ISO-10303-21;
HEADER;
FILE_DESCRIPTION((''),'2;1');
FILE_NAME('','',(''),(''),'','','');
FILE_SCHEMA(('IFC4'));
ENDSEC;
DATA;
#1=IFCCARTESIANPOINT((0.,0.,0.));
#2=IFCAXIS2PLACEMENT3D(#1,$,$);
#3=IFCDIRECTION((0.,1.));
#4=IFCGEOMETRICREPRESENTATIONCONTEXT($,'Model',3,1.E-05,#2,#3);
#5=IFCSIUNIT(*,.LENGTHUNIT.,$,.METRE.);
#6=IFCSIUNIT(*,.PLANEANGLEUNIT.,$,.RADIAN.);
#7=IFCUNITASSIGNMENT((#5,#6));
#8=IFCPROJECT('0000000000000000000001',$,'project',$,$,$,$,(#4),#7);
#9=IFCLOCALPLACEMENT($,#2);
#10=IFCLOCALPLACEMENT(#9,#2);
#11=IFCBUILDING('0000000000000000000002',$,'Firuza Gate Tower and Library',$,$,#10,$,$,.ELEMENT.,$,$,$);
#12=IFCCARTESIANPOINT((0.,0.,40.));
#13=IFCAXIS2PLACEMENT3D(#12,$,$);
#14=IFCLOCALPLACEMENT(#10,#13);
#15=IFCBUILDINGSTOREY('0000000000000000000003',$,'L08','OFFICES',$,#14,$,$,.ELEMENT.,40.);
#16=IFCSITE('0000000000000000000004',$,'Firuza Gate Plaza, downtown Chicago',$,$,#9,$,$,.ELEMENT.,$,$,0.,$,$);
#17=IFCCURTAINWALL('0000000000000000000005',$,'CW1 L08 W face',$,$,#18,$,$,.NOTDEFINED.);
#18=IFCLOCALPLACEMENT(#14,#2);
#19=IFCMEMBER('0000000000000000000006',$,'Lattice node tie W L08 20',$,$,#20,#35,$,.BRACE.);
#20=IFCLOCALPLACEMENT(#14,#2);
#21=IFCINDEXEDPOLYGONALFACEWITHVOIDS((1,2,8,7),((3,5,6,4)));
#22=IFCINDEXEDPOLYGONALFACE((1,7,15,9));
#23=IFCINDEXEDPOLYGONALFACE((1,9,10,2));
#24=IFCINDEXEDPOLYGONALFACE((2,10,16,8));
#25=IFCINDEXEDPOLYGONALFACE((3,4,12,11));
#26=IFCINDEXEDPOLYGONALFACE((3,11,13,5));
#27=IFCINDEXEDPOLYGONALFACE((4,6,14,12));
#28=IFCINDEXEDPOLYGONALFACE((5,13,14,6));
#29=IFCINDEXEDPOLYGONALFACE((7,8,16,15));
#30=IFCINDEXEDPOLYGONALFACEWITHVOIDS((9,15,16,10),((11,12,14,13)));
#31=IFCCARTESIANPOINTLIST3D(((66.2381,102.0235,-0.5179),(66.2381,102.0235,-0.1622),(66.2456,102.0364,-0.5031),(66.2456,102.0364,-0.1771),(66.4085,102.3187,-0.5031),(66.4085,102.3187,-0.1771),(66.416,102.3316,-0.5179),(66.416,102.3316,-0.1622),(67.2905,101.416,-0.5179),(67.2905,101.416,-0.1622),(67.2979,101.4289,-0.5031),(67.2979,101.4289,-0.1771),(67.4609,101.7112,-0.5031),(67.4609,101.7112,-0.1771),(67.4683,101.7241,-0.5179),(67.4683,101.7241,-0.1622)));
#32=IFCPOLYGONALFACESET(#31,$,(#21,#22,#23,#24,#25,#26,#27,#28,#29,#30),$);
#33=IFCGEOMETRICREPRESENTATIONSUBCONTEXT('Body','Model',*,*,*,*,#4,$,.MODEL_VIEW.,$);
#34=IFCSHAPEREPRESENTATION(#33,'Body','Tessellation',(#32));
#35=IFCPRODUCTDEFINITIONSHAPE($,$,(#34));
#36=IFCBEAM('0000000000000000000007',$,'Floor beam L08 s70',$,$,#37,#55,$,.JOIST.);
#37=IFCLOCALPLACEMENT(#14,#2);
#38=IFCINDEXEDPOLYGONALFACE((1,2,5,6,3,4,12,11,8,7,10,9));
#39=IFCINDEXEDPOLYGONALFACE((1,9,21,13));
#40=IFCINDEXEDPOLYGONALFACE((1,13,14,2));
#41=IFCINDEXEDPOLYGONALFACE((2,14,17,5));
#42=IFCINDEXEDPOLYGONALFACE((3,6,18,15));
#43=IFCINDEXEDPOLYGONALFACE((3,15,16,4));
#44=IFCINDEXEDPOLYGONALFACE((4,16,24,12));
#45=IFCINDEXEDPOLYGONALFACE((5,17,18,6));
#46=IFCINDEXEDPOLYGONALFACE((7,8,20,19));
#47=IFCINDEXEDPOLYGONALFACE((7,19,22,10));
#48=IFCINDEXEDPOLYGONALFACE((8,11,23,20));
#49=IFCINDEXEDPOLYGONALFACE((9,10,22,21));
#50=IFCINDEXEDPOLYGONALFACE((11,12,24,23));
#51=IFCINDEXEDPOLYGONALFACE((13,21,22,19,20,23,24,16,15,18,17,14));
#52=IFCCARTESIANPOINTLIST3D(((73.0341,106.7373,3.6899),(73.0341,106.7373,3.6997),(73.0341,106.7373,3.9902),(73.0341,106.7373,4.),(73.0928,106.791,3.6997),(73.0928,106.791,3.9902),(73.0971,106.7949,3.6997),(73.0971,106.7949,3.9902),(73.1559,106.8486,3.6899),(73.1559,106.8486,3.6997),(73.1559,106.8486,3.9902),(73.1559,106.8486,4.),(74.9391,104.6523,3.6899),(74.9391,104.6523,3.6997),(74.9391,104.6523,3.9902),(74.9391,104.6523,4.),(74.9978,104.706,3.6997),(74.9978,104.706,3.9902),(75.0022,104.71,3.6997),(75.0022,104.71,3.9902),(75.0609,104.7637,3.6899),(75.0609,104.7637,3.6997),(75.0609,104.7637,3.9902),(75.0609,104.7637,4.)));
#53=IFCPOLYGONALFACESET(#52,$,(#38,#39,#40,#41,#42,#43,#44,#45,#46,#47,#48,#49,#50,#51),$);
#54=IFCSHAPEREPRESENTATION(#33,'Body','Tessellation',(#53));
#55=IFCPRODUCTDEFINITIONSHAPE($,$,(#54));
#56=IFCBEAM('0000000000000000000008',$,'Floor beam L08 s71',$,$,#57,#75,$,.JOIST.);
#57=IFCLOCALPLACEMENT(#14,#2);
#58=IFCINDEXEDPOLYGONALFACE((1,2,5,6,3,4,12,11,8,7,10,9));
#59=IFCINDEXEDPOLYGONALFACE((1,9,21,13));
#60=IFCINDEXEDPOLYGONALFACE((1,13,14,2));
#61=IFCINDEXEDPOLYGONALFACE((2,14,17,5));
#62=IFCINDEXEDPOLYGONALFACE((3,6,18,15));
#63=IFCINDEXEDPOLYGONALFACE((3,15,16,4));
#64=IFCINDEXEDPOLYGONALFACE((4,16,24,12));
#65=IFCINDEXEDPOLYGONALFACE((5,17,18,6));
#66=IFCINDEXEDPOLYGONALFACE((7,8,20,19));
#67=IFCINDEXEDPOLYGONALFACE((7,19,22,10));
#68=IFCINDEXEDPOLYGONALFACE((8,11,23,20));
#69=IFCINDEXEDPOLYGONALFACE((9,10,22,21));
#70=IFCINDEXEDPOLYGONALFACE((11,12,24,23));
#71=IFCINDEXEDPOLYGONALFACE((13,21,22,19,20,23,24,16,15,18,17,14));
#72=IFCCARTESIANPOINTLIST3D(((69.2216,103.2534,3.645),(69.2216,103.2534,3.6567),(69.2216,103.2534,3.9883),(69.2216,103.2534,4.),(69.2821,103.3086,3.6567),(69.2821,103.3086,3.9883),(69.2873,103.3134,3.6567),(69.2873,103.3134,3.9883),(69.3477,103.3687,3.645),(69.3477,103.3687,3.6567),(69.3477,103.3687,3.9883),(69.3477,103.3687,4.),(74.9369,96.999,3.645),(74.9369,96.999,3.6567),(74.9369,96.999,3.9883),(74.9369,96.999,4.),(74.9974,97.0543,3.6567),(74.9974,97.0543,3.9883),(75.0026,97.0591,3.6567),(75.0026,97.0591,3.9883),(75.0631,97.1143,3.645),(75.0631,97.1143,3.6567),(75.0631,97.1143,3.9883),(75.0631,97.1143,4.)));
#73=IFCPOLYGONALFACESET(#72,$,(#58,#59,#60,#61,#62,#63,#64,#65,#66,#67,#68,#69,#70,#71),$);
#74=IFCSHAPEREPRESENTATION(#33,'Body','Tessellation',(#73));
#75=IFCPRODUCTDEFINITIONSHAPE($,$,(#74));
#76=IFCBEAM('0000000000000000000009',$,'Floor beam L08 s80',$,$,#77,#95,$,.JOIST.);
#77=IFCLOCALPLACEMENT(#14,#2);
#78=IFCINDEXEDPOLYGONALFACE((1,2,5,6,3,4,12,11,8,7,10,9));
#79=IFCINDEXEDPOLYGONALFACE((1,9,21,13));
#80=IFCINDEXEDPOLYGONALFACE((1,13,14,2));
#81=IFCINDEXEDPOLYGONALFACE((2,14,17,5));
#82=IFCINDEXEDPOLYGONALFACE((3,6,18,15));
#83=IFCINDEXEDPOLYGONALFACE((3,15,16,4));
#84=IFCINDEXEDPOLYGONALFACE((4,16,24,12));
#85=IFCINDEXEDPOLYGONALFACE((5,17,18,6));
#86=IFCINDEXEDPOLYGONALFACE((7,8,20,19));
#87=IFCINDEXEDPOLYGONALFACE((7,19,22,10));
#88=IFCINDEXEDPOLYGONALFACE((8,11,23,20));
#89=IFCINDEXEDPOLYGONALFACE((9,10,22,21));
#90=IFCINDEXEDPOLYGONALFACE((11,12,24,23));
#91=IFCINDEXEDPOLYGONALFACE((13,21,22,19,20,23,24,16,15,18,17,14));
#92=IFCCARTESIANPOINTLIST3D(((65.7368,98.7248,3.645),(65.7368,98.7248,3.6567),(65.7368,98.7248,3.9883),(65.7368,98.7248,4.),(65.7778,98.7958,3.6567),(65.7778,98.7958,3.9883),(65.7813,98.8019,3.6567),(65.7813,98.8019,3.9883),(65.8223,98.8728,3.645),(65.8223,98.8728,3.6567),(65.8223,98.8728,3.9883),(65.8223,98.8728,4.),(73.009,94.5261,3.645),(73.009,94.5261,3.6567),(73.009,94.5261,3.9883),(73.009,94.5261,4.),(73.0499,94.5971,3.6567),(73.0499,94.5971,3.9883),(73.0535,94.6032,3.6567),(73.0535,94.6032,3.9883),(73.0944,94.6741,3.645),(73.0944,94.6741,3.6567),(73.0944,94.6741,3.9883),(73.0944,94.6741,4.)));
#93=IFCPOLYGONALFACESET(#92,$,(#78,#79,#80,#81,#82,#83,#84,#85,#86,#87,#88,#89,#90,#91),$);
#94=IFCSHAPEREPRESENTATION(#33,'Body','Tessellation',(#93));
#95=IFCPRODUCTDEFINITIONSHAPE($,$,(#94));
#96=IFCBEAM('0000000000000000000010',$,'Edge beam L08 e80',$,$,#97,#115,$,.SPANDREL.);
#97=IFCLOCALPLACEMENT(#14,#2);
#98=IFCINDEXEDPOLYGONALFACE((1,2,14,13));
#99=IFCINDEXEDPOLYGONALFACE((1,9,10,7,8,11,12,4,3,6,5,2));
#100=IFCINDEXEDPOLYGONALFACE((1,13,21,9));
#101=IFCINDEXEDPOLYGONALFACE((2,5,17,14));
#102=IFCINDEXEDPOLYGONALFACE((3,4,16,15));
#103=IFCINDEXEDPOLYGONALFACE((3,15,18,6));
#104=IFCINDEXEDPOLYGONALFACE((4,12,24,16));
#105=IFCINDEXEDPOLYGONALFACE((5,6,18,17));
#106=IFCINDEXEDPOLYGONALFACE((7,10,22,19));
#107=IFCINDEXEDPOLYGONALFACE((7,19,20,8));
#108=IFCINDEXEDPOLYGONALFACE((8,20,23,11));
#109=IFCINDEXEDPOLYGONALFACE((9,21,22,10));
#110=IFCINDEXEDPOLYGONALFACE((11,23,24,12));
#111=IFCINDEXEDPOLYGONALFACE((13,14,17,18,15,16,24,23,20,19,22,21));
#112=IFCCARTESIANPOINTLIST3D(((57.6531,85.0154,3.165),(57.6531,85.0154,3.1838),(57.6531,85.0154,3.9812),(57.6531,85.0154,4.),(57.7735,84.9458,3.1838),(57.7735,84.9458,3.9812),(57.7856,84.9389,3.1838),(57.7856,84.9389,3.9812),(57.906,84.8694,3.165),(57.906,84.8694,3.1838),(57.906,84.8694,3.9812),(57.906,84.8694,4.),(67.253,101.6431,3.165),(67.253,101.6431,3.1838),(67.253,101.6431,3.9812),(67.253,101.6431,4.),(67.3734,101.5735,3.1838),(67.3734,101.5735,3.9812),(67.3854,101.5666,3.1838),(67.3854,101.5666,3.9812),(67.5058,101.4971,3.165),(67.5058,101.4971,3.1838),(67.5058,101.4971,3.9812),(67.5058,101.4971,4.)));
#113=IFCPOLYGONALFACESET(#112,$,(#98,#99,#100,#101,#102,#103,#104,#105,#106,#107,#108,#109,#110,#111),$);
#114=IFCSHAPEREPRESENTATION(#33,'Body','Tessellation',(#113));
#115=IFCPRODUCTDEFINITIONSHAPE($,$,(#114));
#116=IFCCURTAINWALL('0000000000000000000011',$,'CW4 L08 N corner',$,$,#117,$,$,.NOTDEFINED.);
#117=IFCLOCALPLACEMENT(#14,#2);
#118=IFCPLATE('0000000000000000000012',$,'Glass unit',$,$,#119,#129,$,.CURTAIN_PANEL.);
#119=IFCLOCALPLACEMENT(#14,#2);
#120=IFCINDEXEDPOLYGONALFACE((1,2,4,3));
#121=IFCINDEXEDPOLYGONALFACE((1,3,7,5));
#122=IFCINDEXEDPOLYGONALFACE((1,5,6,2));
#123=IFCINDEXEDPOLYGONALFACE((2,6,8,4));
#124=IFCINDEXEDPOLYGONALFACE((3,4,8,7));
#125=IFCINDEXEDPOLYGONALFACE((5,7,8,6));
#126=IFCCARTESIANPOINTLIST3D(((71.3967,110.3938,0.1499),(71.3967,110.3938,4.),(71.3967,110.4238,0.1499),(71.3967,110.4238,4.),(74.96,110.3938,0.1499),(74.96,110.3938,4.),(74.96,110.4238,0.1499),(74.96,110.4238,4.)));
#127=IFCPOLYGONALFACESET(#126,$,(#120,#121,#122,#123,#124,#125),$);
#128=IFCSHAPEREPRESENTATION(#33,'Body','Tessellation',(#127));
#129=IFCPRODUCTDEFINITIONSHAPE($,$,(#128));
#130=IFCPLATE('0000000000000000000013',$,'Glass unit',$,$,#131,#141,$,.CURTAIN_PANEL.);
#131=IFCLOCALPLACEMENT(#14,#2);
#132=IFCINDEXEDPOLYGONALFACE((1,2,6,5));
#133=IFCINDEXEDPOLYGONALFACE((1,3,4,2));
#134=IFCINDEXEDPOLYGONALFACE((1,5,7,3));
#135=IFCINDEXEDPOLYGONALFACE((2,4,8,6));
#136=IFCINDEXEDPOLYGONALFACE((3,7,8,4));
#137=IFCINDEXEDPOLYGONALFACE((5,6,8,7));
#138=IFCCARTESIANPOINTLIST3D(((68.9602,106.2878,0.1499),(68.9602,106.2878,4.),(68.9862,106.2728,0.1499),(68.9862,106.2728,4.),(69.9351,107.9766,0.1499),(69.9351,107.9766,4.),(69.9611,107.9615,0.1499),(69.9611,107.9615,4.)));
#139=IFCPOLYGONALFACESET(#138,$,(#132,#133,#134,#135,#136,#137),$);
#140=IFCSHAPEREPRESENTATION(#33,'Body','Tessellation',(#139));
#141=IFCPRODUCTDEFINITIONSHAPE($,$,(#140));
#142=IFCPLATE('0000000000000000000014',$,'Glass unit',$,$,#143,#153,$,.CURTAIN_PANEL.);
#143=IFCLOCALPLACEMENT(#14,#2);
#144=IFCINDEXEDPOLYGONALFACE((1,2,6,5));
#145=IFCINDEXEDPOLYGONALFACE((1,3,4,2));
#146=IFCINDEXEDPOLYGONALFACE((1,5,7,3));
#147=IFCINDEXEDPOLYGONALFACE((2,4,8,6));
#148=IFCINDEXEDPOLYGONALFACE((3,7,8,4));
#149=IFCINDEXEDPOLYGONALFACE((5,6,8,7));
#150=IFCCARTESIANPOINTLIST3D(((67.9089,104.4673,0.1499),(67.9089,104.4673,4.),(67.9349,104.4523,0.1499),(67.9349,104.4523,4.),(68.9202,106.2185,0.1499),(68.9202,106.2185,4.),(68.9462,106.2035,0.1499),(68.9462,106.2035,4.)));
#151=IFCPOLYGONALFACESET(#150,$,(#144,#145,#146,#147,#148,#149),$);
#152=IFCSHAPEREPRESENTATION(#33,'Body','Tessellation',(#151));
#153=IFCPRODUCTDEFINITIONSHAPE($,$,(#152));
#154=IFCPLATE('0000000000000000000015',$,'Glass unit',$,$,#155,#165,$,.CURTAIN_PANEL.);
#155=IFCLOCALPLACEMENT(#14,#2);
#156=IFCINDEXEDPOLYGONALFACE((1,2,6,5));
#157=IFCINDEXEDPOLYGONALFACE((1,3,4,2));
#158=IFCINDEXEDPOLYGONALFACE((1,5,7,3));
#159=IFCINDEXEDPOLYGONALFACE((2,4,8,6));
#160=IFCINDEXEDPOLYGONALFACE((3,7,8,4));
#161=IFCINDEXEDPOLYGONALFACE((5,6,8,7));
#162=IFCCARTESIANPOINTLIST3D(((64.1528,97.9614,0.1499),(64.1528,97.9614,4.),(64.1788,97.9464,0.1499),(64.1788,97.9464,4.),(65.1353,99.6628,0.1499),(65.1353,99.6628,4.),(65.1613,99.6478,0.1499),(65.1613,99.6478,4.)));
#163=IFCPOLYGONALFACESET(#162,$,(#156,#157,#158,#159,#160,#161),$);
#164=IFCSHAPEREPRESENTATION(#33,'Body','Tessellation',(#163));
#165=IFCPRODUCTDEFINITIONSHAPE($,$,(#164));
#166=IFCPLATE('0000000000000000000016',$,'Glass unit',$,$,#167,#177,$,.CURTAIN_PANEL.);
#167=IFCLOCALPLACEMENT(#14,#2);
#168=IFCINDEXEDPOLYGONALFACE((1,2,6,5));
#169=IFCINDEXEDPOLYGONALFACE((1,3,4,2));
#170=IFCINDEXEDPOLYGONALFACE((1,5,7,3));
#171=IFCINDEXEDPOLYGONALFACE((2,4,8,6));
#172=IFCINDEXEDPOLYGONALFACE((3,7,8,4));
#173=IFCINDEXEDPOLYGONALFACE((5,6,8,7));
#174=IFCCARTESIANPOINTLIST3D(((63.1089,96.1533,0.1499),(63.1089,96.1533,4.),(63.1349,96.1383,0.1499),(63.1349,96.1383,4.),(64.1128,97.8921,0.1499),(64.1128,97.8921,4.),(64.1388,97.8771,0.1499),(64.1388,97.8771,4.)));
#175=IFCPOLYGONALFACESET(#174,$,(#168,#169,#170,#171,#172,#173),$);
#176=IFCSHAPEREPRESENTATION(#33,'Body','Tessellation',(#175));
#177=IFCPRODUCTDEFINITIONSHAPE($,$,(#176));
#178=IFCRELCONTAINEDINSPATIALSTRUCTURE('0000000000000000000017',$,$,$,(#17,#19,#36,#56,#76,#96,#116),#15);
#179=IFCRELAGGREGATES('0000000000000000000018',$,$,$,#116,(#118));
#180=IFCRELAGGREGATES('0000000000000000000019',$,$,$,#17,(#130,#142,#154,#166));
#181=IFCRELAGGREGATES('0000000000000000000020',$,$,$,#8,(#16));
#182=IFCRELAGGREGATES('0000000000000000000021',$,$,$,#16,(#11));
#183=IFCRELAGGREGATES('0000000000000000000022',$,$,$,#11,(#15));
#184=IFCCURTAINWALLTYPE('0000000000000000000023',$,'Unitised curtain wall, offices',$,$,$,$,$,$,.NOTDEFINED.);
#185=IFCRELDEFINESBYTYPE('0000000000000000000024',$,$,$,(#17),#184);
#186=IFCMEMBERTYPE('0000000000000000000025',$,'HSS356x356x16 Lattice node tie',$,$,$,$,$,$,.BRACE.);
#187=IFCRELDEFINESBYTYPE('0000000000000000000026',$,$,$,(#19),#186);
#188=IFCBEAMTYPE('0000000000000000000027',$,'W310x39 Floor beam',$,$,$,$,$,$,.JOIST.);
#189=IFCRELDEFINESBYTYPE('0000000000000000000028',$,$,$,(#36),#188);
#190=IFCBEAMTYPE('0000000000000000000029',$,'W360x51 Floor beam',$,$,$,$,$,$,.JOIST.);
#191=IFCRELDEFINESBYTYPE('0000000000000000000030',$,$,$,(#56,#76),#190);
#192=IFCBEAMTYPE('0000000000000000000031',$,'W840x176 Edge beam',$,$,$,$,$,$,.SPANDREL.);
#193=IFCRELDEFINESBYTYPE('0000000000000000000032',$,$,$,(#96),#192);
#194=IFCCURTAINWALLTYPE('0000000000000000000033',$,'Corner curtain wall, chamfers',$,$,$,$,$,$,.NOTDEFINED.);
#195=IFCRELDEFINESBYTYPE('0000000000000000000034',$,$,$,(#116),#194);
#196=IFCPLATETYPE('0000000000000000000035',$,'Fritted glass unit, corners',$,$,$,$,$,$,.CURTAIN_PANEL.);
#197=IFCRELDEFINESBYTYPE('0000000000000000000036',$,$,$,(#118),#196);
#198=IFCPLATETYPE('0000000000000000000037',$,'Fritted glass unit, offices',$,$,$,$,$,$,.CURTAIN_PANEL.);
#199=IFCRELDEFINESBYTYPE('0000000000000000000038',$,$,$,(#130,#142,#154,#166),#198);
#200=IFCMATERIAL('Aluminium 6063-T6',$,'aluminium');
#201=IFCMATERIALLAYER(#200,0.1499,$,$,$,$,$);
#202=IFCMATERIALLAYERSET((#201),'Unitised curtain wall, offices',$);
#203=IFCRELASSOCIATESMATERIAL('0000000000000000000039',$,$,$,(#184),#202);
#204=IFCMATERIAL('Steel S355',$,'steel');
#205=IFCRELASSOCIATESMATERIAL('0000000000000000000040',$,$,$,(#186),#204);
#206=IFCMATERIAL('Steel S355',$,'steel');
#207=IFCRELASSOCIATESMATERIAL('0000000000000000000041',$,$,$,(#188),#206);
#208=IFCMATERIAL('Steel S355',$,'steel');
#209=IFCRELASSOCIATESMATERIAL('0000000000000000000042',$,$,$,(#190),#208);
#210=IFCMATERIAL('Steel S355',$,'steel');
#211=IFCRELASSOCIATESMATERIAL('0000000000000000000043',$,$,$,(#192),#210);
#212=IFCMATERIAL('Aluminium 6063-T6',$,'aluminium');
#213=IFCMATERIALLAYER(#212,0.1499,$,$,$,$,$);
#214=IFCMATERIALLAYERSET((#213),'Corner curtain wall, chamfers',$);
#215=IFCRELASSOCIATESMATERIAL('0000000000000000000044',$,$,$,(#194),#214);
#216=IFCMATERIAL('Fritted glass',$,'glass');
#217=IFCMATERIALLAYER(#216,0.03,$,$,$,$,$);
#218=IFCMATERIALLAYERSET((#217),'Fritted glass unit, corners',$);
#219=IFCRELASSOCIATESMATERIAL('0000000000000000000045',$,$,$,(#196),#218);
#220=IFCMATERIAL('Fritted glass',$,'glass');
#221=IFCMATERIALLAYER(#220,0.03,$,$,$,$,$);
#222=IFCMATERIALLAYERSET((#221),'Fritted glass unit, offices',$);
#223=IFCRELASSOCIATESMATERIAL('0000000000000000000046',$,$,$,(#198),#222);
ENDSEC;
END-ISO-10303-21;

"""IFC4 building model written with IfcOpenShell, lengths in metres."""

from ifc_helpers import new_model, si_unit, direction, frame, origin, origin_2d, place, context, subcontext, project, spatial, polyline, hollow_rectangle, i_section, outline, extrude, material, layer, layer_set, material_profile, profile_set, type_object, element, aggregate, save


model = new_model("IFC4")

# Units and contexts
model_context = context("Model", 3, precision=1e-05, world=origin(), true_north=direction((0.0, 1.0)))
body_context = subcontext(model_context, "Body", "Model", "MODEL_VIEW")
ifc_project = project(units=[si_unit("LENGTHUNIT", "METRE"), si_unit("PLANEANGLEUNIT", "RADIAN")], contexts=[model_context])

# Site, building, storey
site_placement = place(None, origin())
site = spatial("IfcSite", under=ifc_project, at=site_placement, Name="Firuza Gate Plaza, downtown Chicago", CompositionType="ELEMENT", RefElevation=0.0)
building_placement = place(site_placement, origin())
building = spatial("IfcBuilding", under=site, at=building_placement, Name="Firuza Gate Tower and Library", CompositionType="ELEMENT")
storey_placement = place(building_placement, frame((0.0, 0.0, 40.0)))
storey = spatial("IfcBuildingStorey", under=building, at=storey_placement, Name="L08", Description="OFFICES", CompositionType="ELEMENT", Elevation=40.0)

# Curtain wall
ifc_material_1 = material(Name="Aluminium 6063-T6", Category="aluminium")
ifc_layer_1 = layer(ifc_material_1, 0.1499)
ifc_layer_set_1 = layer_set([ifc_layer_1], Name="Unitised curtain wall, offices")
curtain_wall_type_1 = type_object("IfcCurtainWallType", Name="Unitised curtain wall, offices", PredefinedType="NOTDEFINED", material=ifc_layer_set_1)
placement = place(storey_placement, origin())
curtain_wall_1 = element("IfcCurtainWall", 1, at=placement, inside=storey, type_object=curtain_wall_type_1, Name="CW1 L08 W face", PredefinedType="NOTDEFINED")

# Member
ifc_material_2 = material(Name="Steel S355", Category="steel")
ifc_material_profile_1 = material_profile(ifc_material_2, hollow_rectangle(XDim=0.3557, YDim=0.3557, WallThickness=0.0149, at=origin_2d()))
ifc_profile_set_1 = profile_set([ifc_material_profile_1], Name="Steel S355")
member_type_1 = type_object("IfcMemberType", Name="HSS356x356x16 Lattice node tie", PredefinedType="BRACE", material=ifc_profile_set_1)
member_1_placement = place(storey_placement, frame((67.3794, 101.5701, -0.3401), z_axis=(-0.866058, 0.499943, 0.0), x_axis=(-0.499943, -0.866058, 0.0)))
element("IfcMember", 2, at=member_1_placement, inside=storey, type_object=member_type_1, Name="Lattice node tie W L08 20", PredefinedType="BRACE", context=body_context, shape_type="SweptSolid", body=[
    extrude(hollow_rectangle(XDim=0.3557, YDim=0.3557, WallThickness=0.0149, at=origin_2d()), origin(), (0.0, 0.0, 1.0), 1.2151),
])

# Beams
ifc_material_3 = material(Name="Steel S355", Category="steel")
ifc_material_profile_2 = material_profile(ifc_material_3, i_section(OverallWidth=0.165, OverallDepth=0.3101, WebThickness=0.0059, FlangeThickness=0.0098, at=origin_2d()))
ifc_profile_set_2 = profile_set([ifc_material_profile_2], Name="Steel S355")
beam_type_1 = type_object("IfcBeamType", Name="W310x39 Floor beam", PredefinedType="JOIST", material=ifc_profile_set_2)
beam_1_placement = place(storey_placement, frame((73.095, 106.793, 3.845), z_axis=(0.674534, -0.738244, 0.0), x_axis=(0.738244, 0.674534, 0.0)))
element("IfcBeam", 3, at=beam_1_placement, inside=storey, type_object=beam_type_1, Name="Floor beam L08 s70", PredefinedType="JOIST", context=body_context, shape_type="SweptSolid", body=[
    extrude(i_section(OverallWidth=0.165, OverallDepth=0.3101, WebThickness=0.0059, FlangeThickness=0.0098, at=origin_2d()), origin(), (0.0, 0.0, 1.0), 2.8242),
])
ifc_material_4 = material(Name="Steel S355", Category="steel")
ifc_material_profile_3 = material_profile(ifc_material_4, i_section(OverallWidth=0.1709, OverallDepth=0.355, WebThickness=0.0071, FlangeThickness=0.0117, at=origin_2d()))
ifc_profile_set_3 = profile_set([ifc_material_profile_3], Name="Steel S355")
beam_type_2 = type_object("IfcBeamType", Name="W360x51 Floor beam", PredefinedType="JOIST", material=ifc_profile_set_3)
beam_2_placement = place(storey_placement, frame((69.2847, 103.311, 3.8225), z_axis=(0.674578, -0.738203, 0.0), x_axis=(0.738203, 0.674578, 0.0)))
element("IfcBeam", 4, at=beam_2_placement, inside=storey, type_object=beam_type_2, Name="Floor beam L08 s71", PredefinedType="JOIST", context=body_context, shape_type="SweptSolid", body=[
    extrude(i_section(OverallWidth=0.1709, OverallDepth=0.355, WebThickness=0.0071, FlangeThickness=0.0117, at=origin_2d()), origin(), (0.0, 0.0, 1.0), 8.4724),
])
beam_3_placement = place(storey_placement, frame((65.7795, 98.7988, 3.8225), z_axis=(0.86602, -0.50001, 0.0), x_axis=(0.50001, 0.86602, 0.0)))
element("IfcBeam", 5, at=beam_3_placement, inside=storey, type_object=beam_type_2, Name="Floor beam L08 s80", PredefinedType="JOIST", context=body_context, shape_type="SweptSolid", body=[
    extrude(i_section(OverallWidth=0.1709, OverallDepth=0.355, WebThickness=0.0071, FlangeThickness=0.0117, at=origin_2d()), origin(), (0.0, 0.0, 1.0), 8.3972),
])
ifc_material_5 = material(Name="Steel S355", Category="steel")
ifc_material_profile_4 = material_profile(ifc_material_5, i_section(OverallWidth=0.292, OverallDepth=0.835, WebThickness=0.0139, FlangeThickness=0.0188, at=origin_2d()))
ifc_profile_set_4 = profile_set([ifc_material_profile_4], Name="Steel S355")
beam_type_3 = type_object("IfcBeamType", Name="W840x176 Edge beam", PredefinedType="SPANDREL", material=ifc_profile_set_4)
beam_4_placement = place(storey_placement, frame((67.3794, 101.5701, 3.5825), z_axis=(-0.499994, -0.866029, 0.0), x_axis=(0.866029, -0.499994, 0.0)))
element("IfcBeam", 6, at=beam_4_placement, inside=storey, type_object=beam_type_3, Name="Edge beam L08 e80", PredefinedType="SPANDREL", context=body_context, shape_type="SweptSolid", body=[
    extrude(i_section(OverallWidth=0.292, OverallDepth=0.835, WebThickness=0.0139, FlangeThickness=0.0188, at=origin_2d()), origin(), (0.0, 0.0, 1.0), 19.2),
])

# Curtain wall, plate
ifc_material_6 = material(Name="Aluminium 6063-T6", Category="aluminium")
ifc_layer_2 = layer(ifc_material_6, 0.1499)
ifc_layer_set_2 = layer_set([ifc_layer_2], Name="Corner curtain wall, chamfers")
curtain_wall_type_2 = type_object("IfcCurtainWallType", Name="Corner curtain wall, chamfers", PredefinedType="NOTDEFINED", material=ifc_layer_set_2)
curtain_wall_2 = element("IfcCurtainWall", 7, at=placement, inside=storey, type_object=curtain_wall_type_2, Name="CW4 L08 N corner", PredefinedType="NOTDEFINED")
ifc_material_7 = material(Name="Fritted glass", Category="glass")
ifc_layer_3 = layer(ifc_material_7, 0.03)
ifc_layer_set_3 = layer_set([ifc_layer_3], Name="Fritted glass unit, corners")
plate_type_1 = type_object("IfcPlateType", Name="Fritted glass unit, corners", PredefinedType="CURTAIN_PANEL", material=ifc_layer_set_3)
plate_1_placement = place(storey_placement, frame((74.96, 110.4238, 0.1499), z_axis=(0.0, 1.0, 0.0), x_axis=(-1.0, 0.0, 0.0)))
plate_1 = element("IfcPlate", 8, at=plate_1_placement, type_object=plate_type_1, Name="Glass unit", PredefinedType="CURTAIN_PANEL", context=body_context, shape_type="SweptSolid", body=[
    extrude(outline(polyline([(0.0, 0.0), (3.5632, 0.0), (3.5632, 3.8501), (0.0, 3.8501), (0.0, 0.0)])), origin(), (0.0, 0.0, -1.0), 0.03),
])
aggregate(curtain_wall_2, [plate_1])

# Plates
ifc_material_8 = material(Name="Fritted glass", Category="glass")
ifc_layer_4 = layer(ifc_material_8, 0.03)
ifc_layer_set_4 = layer_set([ifc_layer_4], Name="Fritted glass unit, offices")
plate_type_2 = type_object("IfcPlateType", Name="Fritted glass unit, offices", PredefinedType="CURTAIN_PANEL", material=ifc_layer_set_4)
plate_2_placement = place(storey_placement, frame((69.9351, 107.9766, 0.1499), z_axis=(-0.866054, 0.49995, 0.0), x_axis=(-0.49995, -0.866054, 0.0)))
plate_2 = element("IfcPlate", 9, at=plate_2_placement, type_object=plate_type_2, Name="Glass unit", PredefinedType="CURTAIN_PANEL", context=body_context, shape_type="SweptSolid", body=[
    extrude(outline(polyline([(0.0, 0.0), (1.9499, 0.0), (1.9499, 3.8501), (0.0, 3.8501), (0.0, 0.0)])), origin(), (0.0, 0.0, -1.0), 0.03),
])
plate_3_placement = place(storey_placement, frame((68.9202, 106.2185, 0.1499), z_axis=(-0.865991, 0.50006, 0.0), x_axis=(-0.50006, -0.865991, 0.0)))
plate_3 = element("IfcPlate", 10, at=plate_3_placement, type_object=plate_type_2, Name="Glass unit", PredefinedType="CURTAIN_PANEL", context=body_context, shape_type="SweptSolid", body=[
    extrude(outline(polyline([(0.0, 0.0), (2.0222, 0.0), (2.0222, 3.8501), (0.0, 3.8501), (0.0, 0.0)])), origin(), (0.0, 0.0, -1.0), 0.03),
])
plate_4_placement = place(storey_placement, frame((65.1353, 99.6628, 0.1499), z_axis=(-0.866001, 0.500042, 0.0), x_axis=(-0.500042, -0.866001, 0.0)))
plate_4 = element("IfcPlate", 11, at=plate_4_placement, type_object=plate_type_2, Name="Glass unit", PredefinedType="CURTAIN_PANEL", context=body_context, shape_type="SweptSolid", body=[
    extrude(outline(polyline([(0.0, 0.0), (1.9647, 0.0), (1.9647, 3.8501), (0.0, 3.8501), (0.0, 0.0)])), origin(), (0.0, 0.0, -1.0), 0.03),
])
plate_5_placement = place(storey_placement, frame((64.1128, 97.8921, 0.1499), z_axis=(-0.86602, 0.50001, 0.0), x_axis=(-0.50001, -0.86602, 0.0)))
plate_5 = element("IfcPlate", 12, at=plate_5_placement, type_object=plate_type_2, Name="Glass unit", PredefinedType="CURTAIN_PANEL", context=body_context, shape_type="SweptSolid", body=[
    extrude(outline(polyline([(0.0, 0.0), (2.0078, 0.0), (2.0078, 3.8501), (0.0, 3.8501), (0.0, 0.0)])), origin(), (0.0, 0.0, -1.0), 0.03),
])
aggregate(curtain_wall_1, [plate_2, plate_3, plate_4, plate_5])

save(model, "model.ifc")
